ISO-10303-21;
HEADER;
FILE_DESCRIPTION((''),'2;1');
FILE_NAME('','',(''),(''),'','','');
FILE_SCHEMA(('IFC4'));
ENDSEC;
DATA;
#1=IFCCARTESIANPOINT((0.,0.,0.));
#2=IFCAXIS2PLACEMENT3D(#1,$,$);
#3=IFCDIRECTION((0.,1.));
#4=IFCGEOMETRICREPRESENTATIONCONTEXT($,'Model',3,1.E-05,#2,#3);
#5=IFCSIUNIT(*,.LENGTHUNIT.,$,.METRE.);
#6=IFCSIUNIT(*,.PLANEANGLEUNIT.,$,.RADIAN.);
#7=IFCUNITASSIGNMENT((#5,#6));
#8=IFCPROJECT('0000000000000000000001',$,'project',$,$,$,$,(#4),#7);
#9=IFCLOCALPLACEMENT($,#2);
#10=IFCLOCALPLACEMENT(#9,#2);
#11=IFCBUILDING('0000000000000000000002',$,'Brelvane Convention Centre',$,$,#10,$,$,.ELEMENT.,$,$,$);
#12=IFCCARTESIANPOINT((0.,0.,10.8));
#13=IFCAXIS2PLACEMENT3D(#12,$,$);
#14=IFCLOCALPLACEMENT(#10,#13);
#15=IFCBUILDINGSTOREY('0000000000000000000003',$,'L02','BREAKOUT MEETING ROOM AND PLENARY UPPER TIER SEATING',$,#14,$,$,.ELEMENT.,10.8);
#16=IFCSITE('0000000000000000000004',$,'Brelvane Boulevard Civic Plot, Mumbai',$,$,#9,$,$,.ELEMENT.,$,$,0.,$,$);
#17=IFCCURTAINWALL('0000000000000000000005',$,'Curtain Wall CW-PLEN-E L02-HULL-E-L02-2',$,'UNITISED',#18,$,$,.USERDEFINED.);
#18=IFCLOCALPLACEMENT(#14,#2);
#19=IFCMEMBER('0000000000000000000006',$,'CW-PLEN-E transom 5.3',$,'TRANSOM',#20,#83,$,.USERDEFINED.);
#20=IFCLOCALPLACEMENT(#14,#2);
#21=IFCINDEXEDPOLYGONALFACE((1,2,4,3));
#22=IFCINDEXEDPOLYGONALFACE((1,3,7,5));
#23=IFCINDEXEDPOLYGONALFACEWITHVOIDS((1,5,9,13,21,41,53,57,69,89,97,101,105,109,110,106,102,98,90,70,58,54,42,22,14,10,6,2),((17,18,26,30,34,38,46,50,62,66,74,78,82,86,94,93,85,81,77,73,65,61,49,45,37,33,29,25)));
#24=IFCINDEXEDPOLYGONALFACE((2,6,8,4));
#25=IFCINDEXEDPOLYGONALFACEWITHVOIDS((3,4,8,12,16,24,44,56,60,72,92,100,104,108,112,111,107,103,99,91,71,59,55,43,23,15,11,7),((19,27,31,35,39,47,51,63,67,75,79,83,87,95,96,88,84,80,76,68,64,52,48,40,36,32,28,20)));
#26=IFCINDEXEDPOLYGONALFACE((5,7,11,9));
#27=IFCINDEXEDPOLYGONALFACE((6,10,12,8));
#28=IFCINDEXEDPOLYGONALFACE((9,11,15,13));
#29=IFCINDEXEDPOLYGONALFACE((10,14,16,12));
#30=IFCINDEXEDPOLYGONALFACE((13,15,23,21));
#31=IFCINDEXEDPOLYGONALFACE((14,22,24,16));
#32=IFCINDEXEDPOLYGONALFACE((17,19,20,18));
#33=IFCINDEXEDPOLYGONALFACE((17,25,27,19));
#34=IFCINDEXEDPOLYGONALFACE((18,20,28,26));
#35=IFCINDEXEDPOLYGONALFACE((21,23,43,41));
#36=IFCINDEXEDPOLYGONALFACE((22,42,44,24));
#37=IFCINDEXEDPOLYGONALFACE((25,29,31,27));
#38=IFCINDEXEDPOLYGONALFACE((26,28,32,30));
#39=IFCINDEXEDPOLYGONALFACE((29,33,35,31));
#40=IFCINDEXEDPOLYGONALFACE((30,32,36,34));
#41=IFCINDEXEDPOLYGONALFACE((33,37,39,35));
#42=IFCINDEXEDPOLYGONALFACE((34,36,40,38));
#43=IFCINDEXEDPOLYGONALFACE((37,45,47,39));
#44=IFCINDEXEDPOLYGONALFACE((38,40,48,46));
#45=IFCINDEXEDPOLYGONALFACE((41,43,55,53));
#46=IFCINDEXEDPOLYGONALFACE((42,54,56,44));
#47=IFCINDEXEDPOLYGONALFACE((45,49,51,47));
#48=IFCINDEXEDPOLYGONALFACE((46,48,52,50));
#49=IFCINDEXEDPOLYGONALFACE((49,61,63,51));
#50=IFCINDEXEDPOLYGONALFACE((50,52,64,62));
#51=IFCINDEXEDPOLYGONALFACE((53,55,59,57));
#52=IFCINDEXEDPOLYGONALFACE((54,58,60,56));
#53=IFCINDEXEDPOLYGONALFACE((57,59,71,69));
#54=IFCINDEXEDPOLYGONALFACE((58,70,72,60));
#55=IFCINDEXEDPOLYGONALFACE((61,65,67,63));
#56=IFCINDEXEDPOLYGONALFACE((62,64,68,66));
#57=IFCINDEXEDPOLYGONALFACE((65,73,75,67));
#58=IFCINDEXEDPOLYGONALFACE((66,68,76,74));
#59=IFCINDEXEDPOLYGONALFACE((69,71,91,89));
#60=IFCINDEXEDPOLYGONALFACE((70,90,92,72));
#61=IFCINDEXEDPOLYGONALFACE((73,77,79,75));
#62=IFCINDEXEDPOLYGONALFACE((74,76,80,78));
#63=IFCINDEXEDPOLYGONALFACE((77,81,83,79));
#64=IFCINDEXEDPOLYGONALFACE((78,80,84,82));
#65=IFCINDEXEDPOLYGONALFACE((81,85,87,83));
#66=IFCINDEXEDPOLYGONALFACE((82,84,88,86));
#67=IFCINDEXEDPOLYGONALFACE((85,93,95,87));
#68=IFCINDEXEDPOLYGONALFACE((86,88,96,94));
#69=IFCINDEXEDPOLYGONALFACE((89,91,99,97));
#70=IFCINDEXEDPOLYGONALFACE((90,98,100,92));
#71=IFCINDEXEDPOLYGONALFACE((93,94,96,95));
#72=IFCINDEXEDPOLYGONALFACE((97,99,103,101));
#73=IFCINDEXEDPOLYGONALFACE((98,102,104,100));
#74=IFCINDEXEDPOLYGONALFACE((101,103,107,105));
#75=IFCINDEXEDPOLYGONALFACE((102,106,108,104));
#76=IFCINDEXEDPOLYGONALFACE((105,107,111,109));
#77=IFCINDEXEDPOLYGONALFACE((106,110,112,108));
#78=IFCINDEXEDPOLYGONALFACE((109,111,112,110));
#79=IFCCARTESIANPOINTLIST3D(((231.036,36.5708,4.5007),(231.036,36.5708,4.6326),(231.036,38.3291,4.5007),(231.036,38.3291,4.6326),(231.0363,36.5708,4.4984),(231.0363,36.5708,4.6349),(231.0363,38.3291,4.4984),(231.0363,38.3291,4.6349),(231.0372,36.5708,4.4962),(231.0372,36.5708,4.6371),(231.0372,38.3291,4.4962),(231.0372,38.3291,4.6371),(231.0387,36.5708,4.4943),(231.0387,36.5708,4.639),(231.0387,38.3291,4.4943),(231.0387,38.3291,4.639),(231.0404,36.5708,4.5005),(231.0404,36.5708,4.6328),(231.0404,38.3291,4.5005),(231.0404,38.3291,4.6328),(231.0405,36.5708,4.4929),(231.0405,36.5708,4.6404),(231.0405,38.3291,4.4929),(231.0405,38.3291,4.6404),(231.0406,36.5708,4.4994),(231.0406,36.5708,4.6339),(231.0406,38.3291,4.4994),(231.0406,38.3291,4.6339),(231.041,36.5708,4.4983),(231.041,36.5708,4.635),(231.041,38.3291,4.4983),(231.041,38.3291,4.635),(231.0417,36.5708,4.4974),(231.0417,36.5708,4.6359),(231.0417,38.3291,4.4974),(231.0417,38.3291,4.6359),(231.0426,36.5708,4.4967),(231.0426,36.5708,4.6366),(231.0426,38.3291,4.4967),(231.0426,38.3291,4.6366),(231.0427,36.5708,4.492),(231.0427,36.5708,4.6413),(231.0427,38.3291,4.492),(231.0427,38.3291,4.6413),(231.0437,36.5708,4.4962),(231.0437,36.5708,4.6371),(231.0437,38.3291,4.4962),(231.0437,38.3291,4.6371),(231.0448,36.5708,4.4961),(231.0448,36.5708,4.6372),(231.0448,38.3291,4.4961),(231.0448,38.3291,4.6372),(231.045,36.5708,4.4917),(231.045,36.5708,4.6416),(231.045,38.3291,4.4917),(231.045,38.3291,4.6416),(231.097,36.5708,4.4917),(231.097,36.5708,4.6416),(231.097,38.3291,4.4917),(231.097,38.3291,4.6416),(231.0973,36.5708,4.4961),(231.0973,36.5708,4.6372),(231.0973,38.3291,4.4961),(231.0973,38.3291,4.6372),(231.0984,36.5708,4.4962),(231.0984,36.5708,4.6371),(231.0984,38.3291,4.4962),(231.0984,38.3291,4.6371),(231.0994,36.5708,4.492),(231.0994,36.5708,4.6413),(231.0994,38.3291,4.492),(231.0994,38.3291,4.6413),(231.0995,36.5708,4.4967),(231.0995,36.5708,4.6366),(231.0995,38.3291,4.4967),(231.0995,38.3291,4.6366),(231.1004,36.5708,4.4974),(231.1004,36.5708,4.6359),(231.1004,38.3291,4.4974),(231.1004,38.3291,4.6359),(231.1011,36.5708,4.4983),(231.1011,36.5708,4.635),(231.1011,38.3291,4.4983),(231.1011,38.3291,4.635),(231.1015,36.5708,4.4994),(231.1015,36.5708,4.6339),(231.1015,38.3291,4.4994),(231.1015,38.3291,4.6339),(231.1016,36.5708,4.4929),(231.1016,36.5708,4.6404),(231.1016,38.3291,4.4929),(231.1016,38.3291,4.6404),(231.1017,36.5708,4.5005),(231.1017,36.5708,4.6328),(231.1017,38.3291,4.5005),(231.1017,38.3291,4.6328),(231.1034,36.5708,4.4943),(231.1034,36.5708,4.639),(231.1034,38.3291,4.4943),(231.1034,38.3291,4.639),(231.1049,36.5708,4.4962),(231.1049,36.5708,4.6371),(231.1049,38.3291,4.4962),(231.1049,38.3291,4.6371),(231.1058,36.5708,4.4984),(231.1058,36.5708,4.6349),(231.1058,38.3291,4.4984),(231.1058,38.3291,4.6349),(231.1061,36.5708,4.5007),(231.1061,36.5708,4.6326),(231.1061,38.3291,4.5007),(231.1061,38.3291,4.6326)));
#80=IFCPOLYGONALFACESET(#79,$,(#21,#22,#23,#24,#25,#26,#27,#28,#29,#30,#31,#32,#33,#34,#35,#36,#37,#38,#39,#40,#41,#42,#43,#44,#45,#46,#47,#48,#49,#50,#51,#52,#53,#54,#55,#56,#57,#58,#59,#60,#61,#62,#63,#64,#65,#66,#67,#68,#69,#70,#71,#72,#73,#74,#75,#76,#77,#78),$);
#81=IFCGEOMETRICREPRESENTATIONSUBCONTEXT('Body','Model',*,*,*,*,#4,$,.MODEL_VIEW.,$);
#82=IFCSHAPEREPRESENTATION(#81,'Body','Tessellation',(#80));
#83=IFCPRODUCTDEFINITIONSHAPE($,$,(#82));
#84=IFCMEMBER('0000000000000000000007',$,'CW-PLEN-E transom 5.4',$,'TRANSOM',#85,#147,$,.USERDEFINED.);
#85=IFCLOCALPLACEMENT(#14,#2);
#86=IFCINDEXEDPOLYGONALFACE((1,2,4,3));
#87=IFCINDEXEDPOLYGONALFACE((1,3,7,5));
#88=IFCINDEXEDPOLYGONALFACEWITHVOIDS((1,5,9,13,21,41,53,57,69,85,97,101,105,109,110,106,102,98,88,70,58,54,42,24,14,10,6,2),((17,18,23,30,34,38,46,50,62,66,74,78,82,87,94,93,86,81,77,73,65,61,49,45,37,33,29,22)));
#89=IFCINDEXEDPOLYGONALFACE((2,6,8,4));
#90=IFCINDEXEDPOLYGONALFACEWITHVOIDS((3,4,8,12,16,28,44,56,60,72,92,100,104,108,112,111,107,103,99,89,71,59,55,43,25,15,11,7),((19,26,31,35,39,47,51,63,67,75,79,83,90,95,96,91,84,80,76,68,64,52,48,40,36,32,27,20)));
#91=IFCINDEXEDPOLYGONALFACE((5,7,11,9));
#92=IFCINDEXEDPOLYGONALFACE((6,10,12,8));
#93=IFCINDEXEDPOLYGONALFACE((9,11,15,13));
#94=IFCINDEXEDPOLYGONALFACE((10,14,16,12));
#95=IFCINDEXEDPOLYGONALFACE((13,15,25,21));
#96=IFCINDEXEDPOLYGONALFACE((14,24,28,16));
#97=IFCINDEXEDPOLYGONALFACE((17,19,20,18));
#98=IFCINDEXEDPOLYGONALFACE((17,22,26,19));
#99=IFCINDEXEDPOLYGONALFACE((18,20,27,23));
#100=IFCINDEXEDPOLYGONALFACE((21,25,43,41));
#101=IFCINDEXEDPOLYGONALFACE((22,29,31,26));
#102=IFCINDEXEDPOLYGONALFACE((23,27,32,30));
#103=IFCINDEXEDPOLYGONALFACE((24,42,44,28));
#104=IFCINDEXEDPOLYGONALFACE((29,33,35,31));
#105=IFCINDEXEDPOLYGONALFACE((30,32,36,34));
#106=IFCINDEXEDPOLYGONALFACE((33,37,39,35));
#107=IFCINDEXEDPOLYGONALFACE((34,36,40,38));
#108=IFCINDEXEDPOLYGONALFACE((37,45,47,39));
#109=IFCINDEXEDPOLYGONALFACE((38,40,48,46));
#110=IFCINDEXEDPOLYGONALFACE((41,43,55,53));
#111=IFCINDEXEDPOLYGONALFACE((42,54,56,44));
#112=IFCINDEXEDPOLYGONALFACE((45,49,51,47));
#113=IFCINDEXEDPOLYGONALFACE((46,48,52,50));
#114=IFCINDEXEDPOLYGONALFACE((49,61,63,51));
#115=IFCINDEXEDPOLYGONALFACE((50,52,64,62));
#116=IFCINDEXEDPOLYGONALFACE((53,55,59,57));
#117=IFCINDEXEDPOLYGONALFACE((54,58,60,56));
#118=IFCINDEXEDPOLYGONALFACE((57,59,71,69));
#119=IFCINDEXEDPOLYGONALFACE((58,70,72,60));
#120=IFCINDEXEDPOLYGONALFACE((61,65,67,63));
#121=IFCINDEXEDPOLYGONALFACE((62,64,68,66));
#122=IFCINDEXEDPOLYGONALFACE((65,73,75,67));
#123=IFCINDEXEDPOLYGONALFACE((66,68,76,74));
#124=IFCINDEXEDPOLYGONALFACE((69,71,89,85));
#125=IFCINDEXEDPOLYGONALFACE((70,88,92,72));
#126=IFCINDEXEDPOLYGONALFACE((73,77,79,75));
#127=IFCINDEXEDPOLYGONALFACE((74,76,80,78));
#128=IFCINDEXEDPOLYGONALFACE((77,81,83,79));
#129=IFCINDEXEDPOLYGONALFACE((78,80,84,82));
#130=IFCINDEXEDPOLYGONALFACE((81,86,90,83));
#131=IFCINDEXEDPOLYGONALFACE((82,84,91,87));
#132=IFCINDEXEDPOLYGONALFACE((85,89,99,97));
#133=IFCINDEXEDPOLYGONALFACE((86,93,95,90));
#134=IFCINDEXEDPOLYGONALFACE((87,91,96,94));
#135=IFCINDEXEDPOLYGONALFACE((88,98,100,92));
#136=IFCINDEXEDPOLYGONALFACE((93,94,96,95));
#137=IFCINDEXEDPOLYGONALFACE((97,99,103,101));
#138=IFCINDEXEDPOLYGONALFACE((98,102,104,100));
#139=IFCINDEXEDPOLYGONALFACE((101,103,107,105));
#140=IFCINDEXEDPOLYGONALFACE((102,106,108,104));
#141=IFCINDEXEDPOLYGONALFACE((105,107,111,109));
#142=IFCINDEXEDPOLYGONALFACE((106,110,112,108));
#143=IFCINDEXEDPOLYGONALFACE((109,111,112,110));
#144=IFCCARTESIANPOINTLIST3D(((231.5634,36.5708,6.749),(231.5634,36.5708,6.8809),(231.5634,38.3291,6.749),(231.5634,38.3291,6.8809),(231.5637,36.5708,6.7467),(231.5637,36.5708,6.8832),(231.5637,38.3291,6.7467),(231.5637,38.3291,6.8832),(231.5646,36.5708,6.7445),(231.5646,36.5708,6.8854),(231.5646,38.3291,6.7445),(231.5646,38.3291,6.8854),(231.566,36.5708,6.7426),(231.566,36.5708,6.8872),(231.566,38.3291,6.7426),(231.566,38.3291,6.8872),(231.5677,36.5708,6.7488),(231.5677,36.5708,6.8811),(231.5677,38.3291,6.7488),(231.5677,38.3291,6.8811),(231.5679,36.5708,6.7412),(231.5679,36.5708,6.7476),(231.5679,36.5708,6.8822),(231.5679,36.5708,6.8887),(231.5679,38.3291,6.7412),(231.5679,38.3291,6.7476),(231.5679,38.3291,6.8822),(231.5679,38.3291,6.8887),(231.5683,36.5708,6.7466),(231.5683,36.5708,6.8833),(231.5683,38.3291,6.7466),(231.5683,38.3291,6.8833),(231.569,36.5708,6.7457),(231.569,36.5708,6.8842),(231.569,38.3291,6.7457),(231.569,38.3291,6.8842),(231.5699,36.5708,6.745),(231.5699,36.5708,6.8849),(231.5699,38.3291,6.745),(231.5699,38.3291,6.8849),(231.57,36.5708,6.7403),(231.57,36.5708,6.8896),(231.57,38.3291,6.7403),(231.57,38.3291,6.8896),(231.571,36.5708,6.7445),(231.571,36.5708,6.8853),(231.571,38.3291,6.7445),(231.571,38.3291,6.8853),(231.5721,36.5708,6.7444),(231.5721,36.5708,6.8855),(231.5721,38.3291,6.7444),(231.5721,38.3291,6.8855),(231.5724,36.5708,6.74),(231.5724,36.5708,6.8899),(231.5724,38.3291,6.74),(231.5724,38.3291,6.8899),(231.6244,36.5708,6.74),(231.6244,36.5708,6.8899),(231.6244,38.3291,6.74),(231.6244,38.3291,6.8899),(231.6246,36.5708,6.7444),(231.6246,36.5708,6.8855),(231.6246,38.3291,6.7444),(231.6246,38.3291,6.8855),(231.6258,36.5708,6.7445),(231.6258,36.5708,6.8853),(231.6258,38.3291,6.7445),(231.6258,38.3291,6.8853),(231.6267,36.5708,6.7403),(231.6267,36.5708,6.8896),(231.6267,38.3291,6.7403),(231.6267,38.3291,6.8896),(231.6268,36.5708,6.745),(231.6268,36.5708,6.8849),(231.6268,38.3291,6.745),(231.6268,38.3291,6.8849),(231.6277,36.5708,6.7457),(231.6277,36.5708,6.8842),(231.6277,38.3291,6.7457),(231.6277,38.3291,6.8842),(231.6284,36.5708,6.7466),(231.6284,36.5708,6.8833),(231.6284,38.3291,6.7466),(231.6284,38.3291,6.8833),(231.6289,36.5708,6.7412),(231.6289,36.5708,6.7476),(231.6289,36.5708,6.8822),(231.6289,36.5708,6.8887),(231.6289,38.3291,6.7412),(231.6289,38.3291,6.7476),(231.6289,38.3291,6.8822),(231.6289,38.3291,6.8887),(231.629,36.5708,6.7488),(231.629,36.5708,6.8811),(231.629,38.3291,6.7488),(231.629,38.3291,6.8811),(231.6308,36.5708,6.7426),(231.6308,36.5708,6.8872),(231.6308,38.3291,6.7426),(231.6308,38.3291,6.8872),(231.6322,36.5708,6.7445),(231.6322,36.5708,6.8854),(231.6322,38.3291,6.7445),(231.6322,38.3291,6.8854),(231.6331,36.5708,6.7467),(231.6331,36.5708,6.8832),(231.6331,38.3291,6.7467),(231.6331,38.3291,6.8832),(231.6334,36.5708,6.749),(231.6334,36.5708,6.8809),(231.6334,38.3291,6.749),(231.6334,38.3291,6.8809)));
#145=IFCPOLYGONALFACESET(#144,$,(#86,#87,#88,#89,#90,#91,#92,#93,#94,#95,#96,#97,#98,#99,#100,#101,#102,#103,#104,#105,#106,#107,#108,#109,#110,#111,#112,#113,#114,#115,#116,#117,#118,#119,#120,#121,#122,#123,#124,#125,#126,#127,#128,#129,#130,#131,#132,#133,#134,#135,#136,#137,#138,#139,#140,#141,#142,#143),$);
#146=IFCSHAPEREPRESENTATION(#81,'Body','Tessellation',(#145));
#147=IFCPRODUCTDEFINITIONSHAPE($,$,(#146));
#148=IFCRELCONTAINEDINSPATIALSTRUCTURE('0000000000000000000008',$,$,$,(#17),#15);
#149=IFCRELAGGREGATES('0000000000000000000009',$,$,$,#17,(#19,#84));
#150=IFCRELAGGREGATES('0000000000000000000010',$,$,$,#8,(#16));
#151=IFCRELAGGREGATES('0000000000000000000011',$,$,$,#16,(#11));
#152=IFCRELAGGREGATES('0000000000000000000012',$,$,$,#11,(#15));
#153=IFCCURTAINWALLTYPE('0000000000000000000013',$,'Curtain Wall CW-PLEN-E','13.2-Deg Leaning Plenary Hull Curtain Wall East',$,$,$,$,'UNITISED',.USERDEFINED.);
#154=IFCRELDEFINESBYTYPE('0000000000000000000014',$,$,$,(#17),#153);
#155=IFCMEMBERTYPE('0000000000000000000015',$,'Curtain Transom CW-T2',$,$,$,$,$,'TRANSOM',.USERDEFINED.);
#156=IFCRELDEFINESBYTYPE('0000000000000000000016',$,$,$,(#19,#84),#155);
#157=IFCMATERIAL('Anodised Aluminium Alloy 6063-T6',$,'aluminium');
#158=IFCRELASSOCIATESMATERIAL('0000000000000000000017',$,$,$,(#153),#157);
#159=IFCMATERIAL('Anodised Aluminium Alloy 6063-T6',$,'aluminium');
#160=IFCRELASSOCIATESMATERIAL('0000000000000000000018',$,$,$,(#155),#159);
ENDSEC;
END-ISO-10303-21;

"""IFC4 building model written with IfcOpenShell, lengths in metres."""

from ifc_helpers import new_model, si_unit, direction, frame, origin, origin_2d, place, context, subcontext, project, spatial, hollow_rectangle, extrude, material, material_profile, profile_set, type_object, element, aggregate, save


model = new_model("IFC4")

# Units and contexts
model_context = context("Model", 3, precision=1e-05, world=origin(), true_north=direction((0.0, 1.0)))
body_context = subcontext(model_context, "Body", "Model", "MODEL_VIEW")
ifc_project = project(units=[si_unit("LENGTHUNIT", "METRE"), si_unit("PLANEANGLEUNIT", "RADIAN")], contexts=[model_context])

# Site, building, storey
site_placement = place(None, origin())
site = spatial("IfcSite", under=ifc_project, at=site_placement, Name="Brelvane Boulevard Civic Plot, Mumbai", CompositionType="ELEMENT", RefElevation=0.0)
building_placement = place(site_placement, origin())
building = spatial("IfcBuilding", under=site, at=building_placement, Name="Brelvane Convention Centre", CompositionType="ELEMENT")
storey_placement = place(building_placement, frame((0.0, 0.0, 10.8)))
storey = spatial("IfcBuildingStorey", under=building, at=storey_placement, Name="L02", Description="BREAKOUT MEETING ROOM AND PLENARY UPPER TIER SEATING", CompositionType="ELEMENT", Elevation=10.8)

# Curtain wall, members
ifc_material_1 = material(Name="Anodised Aluminium Alloy 6063-T6", Category="aluminium")
curtain_wall_type = type_object("IfcCurtainWallType", Name="Curtain Wall CW-PLEN-E", Description="13.2-Deg Leaning Plenary Hull Curtain Wall East", ElementType="UNITISED", PredefinedType="USERDEFINED", material=ifc_material_1)
curtain_wall_1_placement = place(storey_placement, origin())
curtain_wall_1 = element("IfcCurtainWall", 1, at=curtain_wall_1_placement, inside=storey, type_object=curtain_wall_type, Name="Curtain Wall CW-PLEN-E L02-HULL-E-L02-2", ObjectType="UNITISED", PredefinedType="USERDEFINED")
ifc_material_2 = material(Name="Anodised Aluminium Alloy 6063-T6", Category="aluminium")
ifc_material_profile = material_profile(ifc_material_2, hollow_rectangle(XDim=0.0701, YDim=0.1499, WallThickness=0.0044, InnerFilletRadius=0.0044, OuterFilletRadius=0.009, at=origin_2d()), Name="ALU-T 150x70x4.5")
ifc_profile_set = profile_set([ifc_material_profile], Name="Anodised Aluminium Alloy 6063-T6")
member_type = type_object("IfcMemberType", Name="Curtain Transom CW-T2", ElementType="TRANSOM", PredefinedType="USERDEFINED", material=ifc_profile_set)
member_1_placement = place(storey_placement, frame((231.071, 36.5708, 4.5667), z_axis=(0.0, 1.0, 0.0), x_axis=(-1.0, 0.0, 0.0)))
member_1 = element("IfcMember", 2, at=member_1_placement, type_object=member_type, Name="CW-PLEN-E transom 5.3", ObjectType="TRANSOM", PredefinedType="USERDEFINED", context=body_context, shape_type="SweptSolid", body=[
    extrude(hollow_rectangle(XDim=0.0701, YDim=0.1499, WallThickness=0.0044, InnerFilletRadius=0.0044, OuterFilletRadius=0.009, at=origin_2d()), origin(), (0.0, 0.0, 1.0), 1.7583),
])
member_2_placement = place(storey_placement, frame((231.5984, 36.5708, 6.8149), z_axis=(0.0, 1.0, 0.0), x_axis=(-1.0, 0.0, 0.0)))
member_2 = element("IfcMember", 3, at=member_2_placement, type_object=member_type, Name="CW-PLEN-E transom 5.4", ObjectType="TRANSOM", PredefinedType="USERDEFINED", context=body_context, shape_type="SweptSolid", body=[
    extrude(hollow_rectangle(XDim=0.0701, YDim=0.1499, WallThickness=0.0044, InnerFilletRadius=0.0044, OuterFilletRadius=0.009, at=origin_2d()), origin(), (0.0, 0.0, 1.0), 1.7583),
])

aggregate(curtain_wall_1, [member_1, member_2])

save(model, "model.ifc")
